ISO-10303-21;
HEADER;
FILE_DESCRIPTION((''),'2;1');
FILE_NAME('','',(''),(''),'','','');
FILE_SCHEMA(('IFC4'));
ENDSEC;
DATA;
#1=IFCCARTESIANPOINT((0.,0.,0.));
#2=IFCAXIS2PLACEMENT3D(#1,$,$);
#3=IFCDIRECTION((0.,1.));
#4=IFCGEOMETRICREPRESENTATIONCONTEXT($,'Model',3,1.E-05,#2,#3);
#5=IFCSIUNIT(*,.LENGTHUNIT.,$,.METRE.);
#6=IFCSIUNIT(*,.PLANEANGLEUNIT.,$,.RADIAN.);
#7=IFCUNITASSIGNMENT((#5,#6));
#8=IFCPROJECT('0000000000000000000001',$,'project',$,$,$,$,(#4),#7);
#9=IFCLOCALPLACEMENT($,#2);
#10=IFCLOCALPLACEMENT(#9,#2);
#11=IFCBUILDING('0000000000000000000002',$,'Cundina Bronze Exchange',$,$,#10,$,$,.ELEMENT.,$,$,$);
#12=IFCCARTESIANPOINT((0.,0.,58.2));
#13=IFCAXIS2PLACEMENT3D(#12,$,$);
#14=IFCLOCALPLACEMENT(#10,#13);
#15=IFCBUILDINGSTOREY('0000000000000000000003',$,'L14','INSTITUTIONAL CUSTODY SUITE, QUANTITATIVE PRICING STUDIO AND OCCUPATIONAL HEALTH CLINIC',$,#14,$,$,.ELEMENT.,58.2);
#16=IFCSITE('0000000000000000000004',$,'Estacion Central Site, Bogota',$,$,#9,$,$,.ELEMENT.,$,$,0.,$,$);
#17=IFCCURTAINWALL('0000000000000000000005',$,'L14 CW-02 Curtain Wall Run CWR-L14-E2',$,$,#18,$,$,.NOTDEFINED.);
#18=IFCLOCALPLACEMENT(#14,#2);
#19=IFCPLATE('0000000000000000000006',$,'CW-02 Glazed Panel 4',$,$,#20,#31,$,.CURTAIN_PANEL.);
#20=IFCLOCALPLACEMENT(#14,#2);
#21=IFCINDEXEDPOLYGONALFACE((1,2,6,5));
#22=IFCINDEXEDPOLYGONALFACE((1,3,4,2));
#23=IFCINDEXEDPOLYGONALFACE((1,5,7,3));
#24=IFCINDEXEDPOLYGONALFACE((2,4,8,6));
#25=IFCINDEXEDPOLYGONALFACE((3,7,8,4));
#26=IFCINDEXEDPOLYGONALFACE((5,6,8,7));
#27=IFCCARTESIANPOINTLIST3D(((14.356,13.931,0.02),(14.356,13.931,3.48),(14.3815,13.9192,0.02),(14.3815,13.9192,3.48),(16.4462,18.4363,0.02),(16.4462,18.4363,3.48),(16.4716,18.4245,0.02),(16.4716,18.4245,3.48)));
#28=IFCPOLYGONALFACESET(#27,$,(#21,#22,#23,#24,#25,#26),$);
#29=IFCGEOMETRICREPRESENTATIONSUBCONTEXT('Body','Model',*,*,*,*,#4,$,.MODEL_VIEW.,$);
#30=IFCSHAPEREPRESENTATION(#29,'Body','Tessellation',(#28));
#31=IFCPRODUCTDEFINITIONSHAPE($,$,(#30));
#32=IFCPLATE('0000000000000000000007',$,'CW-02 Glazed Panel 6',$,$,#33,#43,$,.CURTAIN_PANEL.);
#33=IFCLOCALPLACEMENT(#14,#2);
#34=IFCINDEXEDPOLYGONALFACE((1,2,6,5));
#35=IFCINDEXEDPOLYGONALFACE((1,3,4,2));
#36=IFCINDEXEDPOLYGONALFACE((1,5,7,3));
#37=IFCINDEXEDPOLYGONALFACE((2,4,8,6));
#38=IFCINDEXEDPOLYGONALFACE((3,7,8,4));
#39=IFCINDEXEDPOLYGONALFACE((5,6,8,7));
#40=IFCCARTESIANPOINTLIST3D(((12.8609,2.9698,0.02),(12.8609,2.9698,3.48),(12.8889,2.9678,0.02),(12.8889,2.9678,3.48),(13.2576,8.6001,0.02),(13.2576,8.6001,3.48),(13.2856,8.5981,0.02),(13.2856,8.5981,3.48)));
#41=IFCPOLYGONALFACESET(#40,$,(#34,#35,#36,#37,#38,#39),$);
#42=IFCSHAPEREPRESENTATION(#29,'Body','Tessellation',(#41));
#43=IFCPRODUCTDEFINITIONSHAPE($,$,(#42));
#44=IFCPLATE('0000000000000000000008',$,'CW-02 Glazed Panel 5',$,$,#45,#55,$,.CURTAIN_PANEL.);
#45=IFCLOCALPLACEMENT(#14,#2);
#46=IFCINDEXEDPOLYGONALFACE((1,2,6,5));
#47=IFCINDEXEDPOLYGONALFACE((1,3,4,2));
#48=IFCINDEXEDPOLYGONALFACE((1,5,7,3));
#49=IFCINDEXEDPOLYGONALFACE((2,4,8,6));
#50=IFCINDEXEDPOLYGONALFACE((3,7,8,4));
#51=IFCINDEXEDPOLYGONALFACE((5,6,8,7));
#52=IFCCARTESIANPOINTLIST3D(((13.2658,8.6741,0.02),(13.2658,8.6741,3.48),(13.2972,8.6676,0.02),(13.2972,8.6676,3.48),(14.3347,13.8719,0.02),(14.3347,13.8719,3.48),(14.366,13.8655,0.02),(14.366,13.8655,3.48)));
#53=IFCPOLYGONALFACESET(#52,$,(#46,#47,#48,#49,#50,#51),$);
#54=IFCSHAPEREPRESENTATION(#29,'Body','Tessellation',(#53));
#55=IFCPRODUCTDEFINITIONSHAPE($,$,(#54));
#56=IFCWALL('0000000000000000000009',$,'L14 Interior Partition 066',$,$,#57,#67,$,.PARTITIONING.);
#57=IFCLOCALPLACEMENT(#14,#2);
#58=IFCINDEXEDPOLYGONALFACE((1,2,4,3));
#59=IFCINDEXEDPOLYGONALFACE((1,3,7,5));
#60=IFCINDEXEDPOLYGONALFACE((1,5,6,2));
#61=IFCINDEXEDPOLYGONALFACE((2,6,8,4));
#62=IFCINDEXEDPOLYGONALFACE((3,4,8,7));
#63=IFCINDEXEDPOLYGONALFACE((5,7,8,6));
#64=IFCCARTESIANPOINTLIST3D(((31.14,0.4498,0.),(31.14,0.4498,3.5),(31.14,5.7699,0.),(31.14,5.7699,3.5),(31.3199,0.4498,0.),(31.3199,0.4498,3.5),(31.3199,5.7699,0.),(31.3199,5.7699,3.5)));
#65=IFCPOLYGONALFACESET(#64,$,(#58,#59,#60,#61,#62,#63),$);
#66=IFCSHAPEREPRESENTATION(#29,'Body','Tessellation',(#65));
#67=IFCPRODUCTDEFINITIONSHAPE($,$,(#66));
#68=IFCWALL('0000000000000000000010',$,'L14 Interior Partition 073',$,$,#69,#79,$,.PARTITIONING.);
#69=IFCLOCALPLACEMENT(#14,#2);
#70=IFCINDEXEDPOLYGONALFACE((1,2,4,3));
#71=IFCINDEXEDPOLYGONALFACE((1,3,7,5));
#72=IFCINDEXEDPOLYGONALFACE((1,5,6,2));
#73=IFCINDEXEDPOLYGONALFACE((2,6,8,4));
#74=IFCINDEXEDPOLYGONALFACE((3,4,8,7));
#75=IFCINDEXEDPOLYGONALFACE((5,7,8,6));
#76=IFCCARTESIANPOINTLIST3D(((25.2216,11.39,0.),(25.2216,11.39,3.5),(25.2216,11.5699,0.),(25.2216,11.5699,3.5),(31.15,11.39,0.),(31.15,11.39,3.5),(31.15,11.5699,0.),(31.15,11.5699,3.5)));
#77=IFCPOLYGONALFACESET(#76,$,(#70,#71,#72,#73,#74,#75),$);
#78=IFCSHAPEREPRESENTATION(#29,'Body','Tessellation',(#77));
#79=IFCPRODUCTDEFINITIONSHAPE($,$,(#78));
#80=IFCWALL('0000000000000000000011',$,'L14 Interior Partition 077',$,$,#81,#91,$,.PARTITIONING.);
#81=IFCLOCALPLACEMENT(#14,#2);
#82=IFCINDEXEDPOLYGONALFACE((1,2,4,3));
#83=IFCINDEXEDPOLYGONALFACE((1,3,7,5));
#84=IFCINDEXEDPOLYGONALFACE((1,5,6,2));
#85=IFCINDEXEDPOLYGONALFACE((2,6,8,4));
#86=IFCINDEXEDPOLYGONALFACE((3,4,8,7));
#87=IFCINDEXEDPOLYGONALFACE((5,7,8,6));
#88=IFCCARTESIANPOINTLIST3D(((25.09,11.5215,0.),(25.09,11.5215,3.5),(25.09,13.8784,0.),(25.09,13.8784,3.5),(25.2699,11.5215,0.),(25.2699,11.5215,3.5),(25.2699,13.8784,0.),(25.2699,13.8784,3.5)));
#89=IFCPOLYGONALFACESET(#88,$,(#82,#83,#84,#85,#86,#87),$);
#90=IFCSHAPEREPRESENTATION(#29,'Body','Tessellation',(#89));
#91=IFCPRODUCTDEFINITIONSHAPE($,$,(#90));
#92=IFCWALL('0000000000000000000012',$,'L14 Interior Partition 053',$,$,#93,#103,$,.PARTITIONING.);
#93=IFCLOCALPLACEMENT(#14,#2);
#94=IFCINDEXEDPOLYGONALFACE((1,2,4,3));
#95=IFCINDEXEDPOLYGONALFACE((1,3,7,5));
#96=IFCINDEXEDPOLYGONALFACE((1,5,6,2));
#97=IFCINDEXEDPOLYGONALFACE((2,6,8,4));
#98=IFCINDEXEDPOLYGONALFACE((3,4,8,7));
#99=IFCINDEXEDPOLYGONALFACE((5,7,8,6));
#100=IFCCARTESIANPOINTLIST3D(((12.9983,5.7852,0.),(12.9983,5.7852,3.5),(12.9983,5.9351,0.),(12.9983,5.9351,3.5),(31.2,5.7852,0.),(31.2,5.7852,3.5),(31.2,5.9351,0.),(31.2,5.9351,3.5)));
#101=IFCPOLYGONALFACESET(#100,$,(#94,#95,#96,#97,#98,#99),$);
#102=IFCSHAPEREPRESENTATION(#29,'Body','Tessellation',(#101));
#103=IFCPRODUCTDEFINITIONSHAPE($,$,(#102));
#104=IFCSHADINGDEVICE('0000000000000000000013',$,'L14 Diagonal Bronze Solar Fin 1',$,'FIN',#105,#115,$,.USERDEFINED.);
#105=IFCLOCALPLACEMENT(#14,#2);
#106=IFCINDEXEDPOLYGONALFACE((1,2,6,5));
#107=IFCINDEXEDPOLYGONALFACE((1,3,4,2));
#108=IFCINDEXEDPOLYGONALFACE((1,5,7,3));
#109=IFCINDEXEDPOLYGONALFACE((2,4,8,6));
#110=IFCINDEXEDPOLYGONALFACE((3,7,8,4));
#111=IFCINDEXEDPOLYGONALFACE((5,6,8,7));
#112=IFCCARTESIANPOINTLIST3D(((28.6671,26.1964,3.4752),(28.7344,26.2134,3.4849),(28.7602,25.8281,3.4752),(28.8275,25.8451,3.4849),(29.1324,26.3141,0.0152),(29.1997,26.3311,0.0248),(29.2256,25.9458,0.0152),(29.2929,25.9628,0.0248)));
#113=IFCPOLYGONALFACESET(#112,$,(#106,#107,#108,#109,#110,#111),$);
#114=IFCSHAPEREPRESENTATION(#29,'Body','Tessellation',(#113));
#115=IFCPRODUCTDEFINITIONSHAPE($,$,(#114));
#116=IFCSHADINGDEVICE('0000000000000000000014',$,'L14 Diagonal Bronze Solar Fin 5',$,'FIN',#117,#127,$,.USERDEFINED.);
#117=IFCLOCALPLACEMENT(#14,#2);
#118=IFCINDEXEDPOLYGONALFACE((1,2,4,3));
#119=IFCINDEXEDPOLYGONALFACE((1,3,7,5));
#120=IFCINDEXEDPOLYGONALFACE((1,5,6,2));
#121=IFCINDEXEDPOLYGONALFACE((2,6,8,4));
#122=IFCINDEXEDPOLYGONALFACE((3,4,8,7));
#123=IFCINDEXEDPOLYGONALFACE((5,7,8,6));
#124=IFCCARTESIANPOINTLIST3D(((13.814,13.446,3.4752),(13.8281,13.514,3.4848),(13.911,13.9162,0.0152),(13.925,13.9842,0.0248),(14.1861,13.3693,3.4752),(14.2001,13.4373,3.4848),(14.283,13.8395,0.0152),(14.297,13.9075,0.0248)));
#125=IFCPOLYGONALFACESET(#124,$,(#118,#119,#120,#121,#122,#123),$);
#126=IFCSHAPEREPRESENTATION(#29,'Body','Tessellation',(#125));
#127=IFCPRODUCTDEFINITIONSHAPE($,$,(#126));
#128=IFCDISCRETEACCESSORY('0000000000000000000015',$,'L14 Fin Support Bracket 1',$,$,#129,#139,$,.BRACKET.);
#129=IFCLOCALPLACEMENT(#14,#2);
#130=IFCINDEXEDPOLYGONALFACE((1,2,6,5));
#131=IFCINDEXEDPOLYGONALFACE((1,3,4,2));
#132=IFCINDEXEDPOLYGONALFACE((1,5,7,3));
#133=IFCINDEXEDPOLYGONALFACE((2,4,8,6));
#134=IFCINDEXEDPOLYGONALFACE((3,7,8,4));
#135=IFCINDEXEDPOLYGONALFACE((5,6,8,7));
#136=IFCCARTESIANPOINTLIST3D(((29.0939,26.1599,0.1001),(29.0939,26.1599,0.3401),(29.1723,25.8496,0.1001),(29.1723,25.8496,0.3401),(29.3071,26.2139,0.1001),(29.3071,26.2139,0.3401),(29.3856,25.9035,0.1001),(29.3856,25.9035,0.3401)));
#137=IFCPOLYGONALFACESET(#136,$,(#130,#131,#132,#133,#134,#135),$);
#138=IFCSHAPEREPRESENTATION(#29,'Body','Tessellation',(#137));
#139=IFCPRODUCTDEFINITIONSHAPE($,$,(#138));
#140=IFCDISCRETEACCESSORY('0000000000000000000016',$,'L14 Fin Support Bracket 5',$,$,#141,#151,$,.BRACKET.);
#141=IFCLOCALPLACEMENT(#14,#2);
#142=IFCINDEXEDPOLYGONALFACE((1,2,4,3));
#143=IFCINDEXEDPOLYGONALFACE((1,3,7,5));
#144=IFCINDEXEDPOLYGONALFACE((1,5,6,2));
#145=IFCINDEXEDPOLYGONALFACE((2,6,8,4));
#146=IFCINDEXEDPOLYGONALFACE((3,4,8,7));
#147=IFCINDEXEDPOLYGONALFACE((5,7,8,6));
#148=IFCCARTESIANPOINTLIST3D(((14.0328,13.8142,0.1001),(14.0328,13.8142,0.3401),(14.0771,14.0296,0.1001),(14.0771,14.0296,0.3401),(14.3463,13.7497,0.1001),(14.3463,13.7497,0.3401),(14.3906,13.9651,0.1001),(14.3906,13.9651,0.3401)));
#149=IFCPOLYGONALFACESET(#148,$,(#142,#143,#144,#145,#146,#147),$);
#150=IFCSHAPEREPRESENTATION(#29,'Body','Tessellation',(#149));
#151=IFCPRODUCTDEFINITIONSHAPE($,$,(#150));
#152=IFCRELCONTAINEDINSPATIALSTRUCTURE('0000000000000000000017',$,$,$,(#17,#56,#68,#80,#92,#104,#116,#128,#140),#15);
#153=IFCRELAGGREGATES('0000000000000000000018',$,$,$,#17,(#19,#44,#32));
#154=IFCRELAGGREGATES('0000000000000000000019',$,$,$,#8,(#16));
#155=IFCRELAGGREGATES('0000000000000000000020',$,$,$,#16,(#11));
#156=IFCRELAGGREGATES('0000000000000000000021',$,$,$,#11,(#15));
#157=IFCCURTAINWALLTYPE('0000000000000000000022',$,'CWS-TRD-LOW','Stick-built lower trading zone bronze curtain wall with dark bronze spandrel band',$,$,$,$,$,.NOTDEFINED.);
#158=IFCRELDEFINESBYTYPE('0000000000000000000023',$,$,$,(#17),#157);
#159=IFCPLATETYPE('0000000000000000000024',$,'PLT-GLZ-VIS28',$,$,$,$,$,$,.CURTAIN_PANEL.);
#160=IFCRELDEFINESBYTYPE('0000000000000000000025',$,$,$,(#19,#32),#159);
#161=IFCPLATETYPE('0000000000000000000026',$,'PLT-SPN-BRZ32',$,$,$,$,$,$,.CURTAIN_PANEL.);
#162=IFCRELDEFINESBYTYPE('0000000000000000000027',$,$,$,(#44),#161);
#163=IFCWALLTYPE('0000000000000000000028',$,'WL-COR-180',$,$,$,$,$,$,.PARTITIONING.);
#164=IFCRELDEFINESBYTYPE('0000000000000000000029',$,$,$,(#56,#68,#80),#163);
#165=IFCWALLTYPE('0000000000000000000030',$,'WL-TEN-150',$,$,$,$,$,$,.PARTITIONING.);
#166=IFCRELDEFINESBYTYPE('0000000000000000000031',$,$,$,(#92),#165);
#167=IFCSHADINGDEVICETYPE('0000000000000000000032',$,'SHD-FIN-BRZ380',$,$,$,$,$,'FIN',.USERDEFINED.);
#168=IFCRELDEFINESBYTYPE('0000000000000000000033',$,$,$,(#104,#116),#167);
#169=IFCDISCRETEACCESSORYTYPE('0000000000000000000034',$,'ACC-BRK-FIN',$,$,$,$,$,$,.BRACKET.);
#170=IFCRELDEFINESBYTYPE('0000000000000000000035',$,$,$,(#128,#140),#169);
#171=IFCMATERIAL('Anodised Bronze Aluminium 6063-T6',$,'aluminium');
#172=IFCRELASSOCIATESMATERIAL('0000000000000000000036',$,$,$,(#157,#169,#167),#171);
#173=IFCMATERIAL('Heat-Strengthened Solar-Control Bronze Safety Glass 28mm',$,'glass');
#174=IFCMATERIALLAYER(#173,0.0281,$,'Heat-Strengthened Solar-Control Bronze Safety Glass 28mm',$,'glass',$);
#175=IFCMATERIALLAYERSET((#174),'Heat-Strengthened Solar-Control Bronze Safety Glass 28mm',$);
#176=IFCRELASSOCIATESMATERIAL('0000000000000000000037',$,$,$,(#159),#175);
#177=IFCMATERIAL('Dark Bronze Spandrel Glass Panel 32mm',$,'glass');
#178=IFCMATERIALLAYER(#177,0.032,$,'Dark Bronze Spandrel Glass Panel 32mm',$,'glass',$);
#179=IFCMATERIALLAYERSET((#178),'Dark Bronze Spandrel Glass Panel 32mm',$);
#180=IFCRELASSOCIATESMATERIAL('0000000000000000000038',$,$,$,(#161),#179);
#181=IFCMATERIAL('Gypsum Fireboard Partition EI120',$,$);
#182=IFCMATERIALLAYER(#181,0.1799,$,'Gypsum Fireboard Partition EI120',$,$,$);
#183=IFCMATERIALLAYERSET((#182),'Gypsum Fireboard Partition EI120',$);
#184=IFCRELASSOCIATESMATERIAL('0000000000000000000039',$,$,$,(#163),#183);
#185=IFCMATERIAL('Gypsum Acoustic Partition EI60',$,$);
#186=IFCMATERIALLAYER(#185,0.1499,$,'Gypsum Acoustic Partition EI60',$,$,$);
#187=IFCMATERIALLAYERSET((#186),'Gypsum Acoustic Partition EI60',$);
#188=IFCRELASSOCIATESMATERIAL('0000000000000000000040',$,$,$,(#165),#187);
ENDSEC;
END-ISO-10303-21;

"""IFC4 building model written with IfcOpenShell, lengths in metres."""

from ifc_helpers import new_model, si_unit, direction, frame, frame_2d, origin, origin_2d, place, context, subcontext, project, spatial, rectangle, extrude, material, layer, layer_set, material_profile, profile_set, type_object, element, aggregate, save


model = new_model("IFC4")

# Units and contexts
model_context = context("Model", 3, precision=1e-05, world=origin(), true_north=direction((0.0, 1.0)))
body_context = subcontext(model_context, "Body", "Model", "MODEL_VIEW")
ifc_project = project(units=[si_unit("LENGTHUNIT", "METRE"), si_unit("PLANEANGLEUNIT", "RADIAN")], contexts=[model_context])

# Site, building, storey
site_placement = place(None, origin())
site = spatial("IfcSite", under=ifc_project, at=site_placement, Name="Estacion Central Site, Bogota", CompositionType="ELEMENT", RefElevation=0.0)
building_placement = place(site_placement, origin())
building = spatial("IfcBuilding", under=site, at=building_placement, Name="Cundina Bronze Exchange", CompositionType="ELEMENT")
storey_placement = place(building_placement, frame((0.0, 0.0, 58.2)))
storey = spatial("IfcBuildingStorey", under=building, at=storey_placement, Name="L14", Description="INSTITUTIONAL CUSTODY SUITE, QUANTITATIVE PRICING STUDIO AND OCCUPATIONAL HEALTH CLINIC", CompositionType="ELEMENT", Elevation=58.2)

# Shared definitions
ifc_material_1 = material(Name="Anodised Bronze Aluminium 6063-T6", Category="aluminium")
curtain_wall_type = type_object("IfcCurtainWallType", Name="CWS-TRD-LOW", Description="Stick-built lower trading zone bronze curtain wall with dark bronze spandrel band", PredefinedType="NOTDEFINED", material=ifc_material_1)

# Curtain wall, plates
curtain_wall_1_placement = place(storey_placement, origin())
curtain_wall_1 = element("IfcCurtainWall", 1, at=curtain_wall_1_placement, inside=storey, type_object=curtain_wall_type, Name="L14 CW-02 Curtain Wall Run CWR-L14-E2", PredefinedType="NOTDEFINED")
ifc_material_2 = material(Name="Heat-Strengthened Solar-Control Bronze Safety Glass 28mm", Category="glass")
ifc_layer_1 = layer(ifc_material_2, 0.0281, Name="Heat-Strengthened Solar-Control Bronze Safety Glass 28mm", Category="glass")
ifc_layer_set_1 = layer_set([ifc_layer_1], Name="Heat-Strengthened Solar-Control Bronze Safety Glass 28mm")
plate_type_1 = type_object("IfcPlateType", Name="PLT-GLZ-VIS28", PredefinedType="CURTAIN_PANEL", material=ifc_layer_set_1)
plate_1_placement = place(storey_placement, frame((15.4138, 16.1777, 0.02), z_axis=(0.0, 0.0, 1.0), x_axis=(-0.420846, -0.907132, 0.0)))
plate_1 = element("IfcPlate", 2, at=plate_1_placement, type_object=plate_type_1, Name="CW-02 Glazed Panel 4", PredefinedType="CURTAIN_PANEL", context=body_context, shape_type="SweptSolid", body=[
    extrude(rectangle(XDim=4.9666, YDim=0.0281, at=origin_2d()), origin(), (0.0, 0.0, 1.0), 3.46),
])
plate_2_placement = place(storey_placement, frame((13.0732, 5.7839, 0.02), z_axis=(0.0, 0.0, 1.0), x_axis=(-0.070279, -0.997527, 0.0)))
plate_2 = element("IfcPlate", 3, at=plate_2_placement, type_object=plate_type_1, Name="CW-02 Glazed Panel 6", PredefinedType="CURTAIN_PANEL", context=body_context, shape_type="SweptSolid", body=[
    extrude(rectangle(XDim=5.6443, YDim=0.0281, at=origin_2d()), origin(), (0.0, 0.0, 1.0), 3.46),
])
ifc_material_3 = material(Name="Dark Bronze Spandrel Glass Panel 32mm", Category="glass")
ifc_layer_2 = layer(ifc_material_3, 0.032, Name="Dark Bronze Spandrel Glass Panel 32mm", Category="glass")
ifc_layer_set_2 = layer_set([ifc_layer_2], Name="Dark Bronze Spandrel Glass Panel 32mm")
plate_type_2 = type_object("IfcPlateType", Name="PLT-SPN-BRZ32", PredefinedType="CURTAIN_PANEL", material=ifc_layer_set_2)
plate_3_placement = place(storey_placement, frame((13.8159, 11.2698, 0.02), z_axis=(0.0, 0.0, 1.0), x_axis=(-0.20142, -0.979505, 0.0)))
plate_3 = element("IfcPlate", 4, at=plate_3_placement, type_object=plate_type_2, Name="CW-02 Glazed Panel 5", PredefinedType="CURTAIN_PANEL", context=body_context, shape_type="SweptSolid", body=[
    extrude(rectangle(XDim=5.3066, YDim=0.032, at=origin_2d()), origin(), (0.0, 0.0, 1.0), 3.46),
])
aggregate(curtain_wall_1, [plate_1, plate_3, plate_2])

# Walls
ifc_material_4 = material(Name="Gypsum Fireboard Partition EI120")
ifc_layer_3 = layer(ifc_material_4, 0.1799, Name="Gypsum Fireboard Partition EI120")
ifc_layer_set_3 = layer_set([ifc_layer_3], Name="Gypsum Fireboard Partition EI120")
wall_type_1 = type_object("IfcWallType", Name="WL-COR-180", PredefinedType="PARTITIONING", material=ifc_layer_set_3)
wall_1_placement = place(storey_placement, frame((31.23, 5.77, 0.0), z_axis=(0.0, 0.0, 1.0), x_axis=(0.0, -1.0, 0.0)))
element("IfcWall", 5, at=wall_1_placement, inside=storey, type_object=wall_type_1, Name="L14 Interior Partition 066", PredefinedType="PARTITIONING", context=body_context, shape_type="SweptSolid", body=[
    extrude(rectangle(XDim=5.3201, YDim=0.1799, at=frame_2d((2.6602, 0.0))), origin(), (0.0, 0.0, 1.0), 3.5),
])
wall_2_placement = place(storey_placement, frame((25.2214, 11.48, 0.0), z_axis=(0.0, 0.0, 1.0), x_axis=(1.0, 0.0, 0.0)))
element("IfcWall", 6, at=wall_2_placement, inside=storey, type_object=wall_type_1, Name="L14 Interior Partition 073", PredefinedType="PARTITIONING", context=body_context, shape_type="SweptSolid", body=[
    extrude(rectangle(XDim=5.9285, YDim=0.1799, at=frame_2d((2.9644, 0.0))), origin(), (0.0, 0.0, 1.0), 3.5),
])
wall_3_placement = place(storey_placement, frame((25.1799, 13.8784, 0.0), z_axis=(0.0, 0.0, 1.0), x_axis=(0.0, -1.0, 0.0)))
element("IfcWall", 7, at=wall_3_placement, inside=storey, type_object=wall_type_1, Name="L14 Interior Partition 077", PredefinedType="PARTITIONING", context=body_context, shape_type="SweptSolid", body=[
    extrude(rectangle(XDim=2.3569, YDim=0.1799, at=frame_2d((1.1785, 0.0))), origin(), (0.0, 0.0, 1.0), 3.5),
])
ifc_material_5 = material(Name="Gypsum Acoustic Partition EI60")
ifc_layer_4 = layer(ifc_material_5, 0.1499, Name="Gypsum Acoustic Partition EI60")
ifc_layer_set_4 = layer_set([ifc_layer_4], Name="Gypsum Acoustic Partition EI60")
wall_type_2 = type_object("IfcWallType", Name="WL-TEN-150", PredefinedType="PARTITIONING", material=ifc_layer_set_4)
wall_4_placement = place(storey_placement, frame((12.9983, 5.8601, 0.0), z_axis=(0.0, 0.0, 1.0), x_axis=(1.0, 0.0, 0.0)))
element("IfcWall", 8, at=wall_4_placement, inside=storey, type_object=wall_type_2, Name="L14 Interior Partition 053", PredefinedType="PARTITIONING", context=body_context, shape_type="SweptSolid", body=[
    extrude(rectangle(XDim=18.2017, YDim=0.1499, at=frame_2d((9.1008, 0.0))), origin(), (0.0, 0.0, 1.0), 3.5),
])

# Shading devices
ifc_material_profile_1 = material_profile(ifc_material_1, rectangle(XDim=0.0701, YDim=0.3799, at=origin_2d()), Name="FIN70X380", Category="aluminium")
ifc_profile_set_1 = profile_set([ifc_material_profile_1], Name="Anodised Bronze Aluminium 6063-T6")
shading_device_type = type_object("IfcShadingDeviceType", Name="SHD-FIN-BRZ380", ElementType="FIN", PredefinedType="USERDEFINED", material=ifc_profile_set_1)
for number, where, z_axis, x_axis, name in (
    (9, (29.2126, 26.1384, 0.02), (-0.133215, -0.033688, 0.990514), (0.960285, 0.242842, 0.137408), "L14 Diagonal Bronze Solar Fin 1"),
    (10, (14.104, 13.9119, 0.02), (-0.027747, -0.134612, 0.99051), (0.199967, 0.970115, 0.137442), "L14 Diagonal Bronze Solar Fin 5"),
):
    element("IfcShadingDevice", number, at=place(storey_placement, frame(where, z_axis=z_axis, x_axis=x_axis)), inside=storey, type_object=shading_device_type, Name=name, ObjectType="FIN", PredefinedType="USERDEFINED", context=body_context, shape_type="SweptSolid", body=[
        extrude(rectangle(XDim=0.0701, YDim=0.3799, at=origin_2d()), origin(), (0.0, 0.0, 1.0), 3.4932),
    ])

# Discrete accessories
discrete_accessory_type = type_object("IfcDiscreteAccessoryType", Name="ACC-BRK-FIN", PredefinedType="BRACKET", material=ifc_material_1)
for number, where, z_axis, x_axis, name in (
    (11, (29.2397, 26.0317, 0.1001), (0.0, 0.0, 1.0), (-0.969488, -0.245138, 0.0), "L14 Fin Support Bracket 1"),
    (12, (14.2117, 13.8896, 0.1001), (0.0, 0.0, 1.0), (-0.20142, -0.979505, 0.0), "L14 Fin Support Bracket 5"),
):
    element("IfcDiscreteAccessory", number, at=place(storey_placement, frame(where, z_axis=z_axis, x_axis=x_axis)), inside=storey, type_object=discrete_accessory_type, Name=name, PredefinedType="BRACKET", context=body_context, shape_type="SweptSolid", body=[
        extrude(rectangle(XDim=0.22, YDim=0.3201, at=origin_2d()), origin(), (0.0, 0.0, 1.0), 0.24),
    ])

save(model, "model.ifc")
